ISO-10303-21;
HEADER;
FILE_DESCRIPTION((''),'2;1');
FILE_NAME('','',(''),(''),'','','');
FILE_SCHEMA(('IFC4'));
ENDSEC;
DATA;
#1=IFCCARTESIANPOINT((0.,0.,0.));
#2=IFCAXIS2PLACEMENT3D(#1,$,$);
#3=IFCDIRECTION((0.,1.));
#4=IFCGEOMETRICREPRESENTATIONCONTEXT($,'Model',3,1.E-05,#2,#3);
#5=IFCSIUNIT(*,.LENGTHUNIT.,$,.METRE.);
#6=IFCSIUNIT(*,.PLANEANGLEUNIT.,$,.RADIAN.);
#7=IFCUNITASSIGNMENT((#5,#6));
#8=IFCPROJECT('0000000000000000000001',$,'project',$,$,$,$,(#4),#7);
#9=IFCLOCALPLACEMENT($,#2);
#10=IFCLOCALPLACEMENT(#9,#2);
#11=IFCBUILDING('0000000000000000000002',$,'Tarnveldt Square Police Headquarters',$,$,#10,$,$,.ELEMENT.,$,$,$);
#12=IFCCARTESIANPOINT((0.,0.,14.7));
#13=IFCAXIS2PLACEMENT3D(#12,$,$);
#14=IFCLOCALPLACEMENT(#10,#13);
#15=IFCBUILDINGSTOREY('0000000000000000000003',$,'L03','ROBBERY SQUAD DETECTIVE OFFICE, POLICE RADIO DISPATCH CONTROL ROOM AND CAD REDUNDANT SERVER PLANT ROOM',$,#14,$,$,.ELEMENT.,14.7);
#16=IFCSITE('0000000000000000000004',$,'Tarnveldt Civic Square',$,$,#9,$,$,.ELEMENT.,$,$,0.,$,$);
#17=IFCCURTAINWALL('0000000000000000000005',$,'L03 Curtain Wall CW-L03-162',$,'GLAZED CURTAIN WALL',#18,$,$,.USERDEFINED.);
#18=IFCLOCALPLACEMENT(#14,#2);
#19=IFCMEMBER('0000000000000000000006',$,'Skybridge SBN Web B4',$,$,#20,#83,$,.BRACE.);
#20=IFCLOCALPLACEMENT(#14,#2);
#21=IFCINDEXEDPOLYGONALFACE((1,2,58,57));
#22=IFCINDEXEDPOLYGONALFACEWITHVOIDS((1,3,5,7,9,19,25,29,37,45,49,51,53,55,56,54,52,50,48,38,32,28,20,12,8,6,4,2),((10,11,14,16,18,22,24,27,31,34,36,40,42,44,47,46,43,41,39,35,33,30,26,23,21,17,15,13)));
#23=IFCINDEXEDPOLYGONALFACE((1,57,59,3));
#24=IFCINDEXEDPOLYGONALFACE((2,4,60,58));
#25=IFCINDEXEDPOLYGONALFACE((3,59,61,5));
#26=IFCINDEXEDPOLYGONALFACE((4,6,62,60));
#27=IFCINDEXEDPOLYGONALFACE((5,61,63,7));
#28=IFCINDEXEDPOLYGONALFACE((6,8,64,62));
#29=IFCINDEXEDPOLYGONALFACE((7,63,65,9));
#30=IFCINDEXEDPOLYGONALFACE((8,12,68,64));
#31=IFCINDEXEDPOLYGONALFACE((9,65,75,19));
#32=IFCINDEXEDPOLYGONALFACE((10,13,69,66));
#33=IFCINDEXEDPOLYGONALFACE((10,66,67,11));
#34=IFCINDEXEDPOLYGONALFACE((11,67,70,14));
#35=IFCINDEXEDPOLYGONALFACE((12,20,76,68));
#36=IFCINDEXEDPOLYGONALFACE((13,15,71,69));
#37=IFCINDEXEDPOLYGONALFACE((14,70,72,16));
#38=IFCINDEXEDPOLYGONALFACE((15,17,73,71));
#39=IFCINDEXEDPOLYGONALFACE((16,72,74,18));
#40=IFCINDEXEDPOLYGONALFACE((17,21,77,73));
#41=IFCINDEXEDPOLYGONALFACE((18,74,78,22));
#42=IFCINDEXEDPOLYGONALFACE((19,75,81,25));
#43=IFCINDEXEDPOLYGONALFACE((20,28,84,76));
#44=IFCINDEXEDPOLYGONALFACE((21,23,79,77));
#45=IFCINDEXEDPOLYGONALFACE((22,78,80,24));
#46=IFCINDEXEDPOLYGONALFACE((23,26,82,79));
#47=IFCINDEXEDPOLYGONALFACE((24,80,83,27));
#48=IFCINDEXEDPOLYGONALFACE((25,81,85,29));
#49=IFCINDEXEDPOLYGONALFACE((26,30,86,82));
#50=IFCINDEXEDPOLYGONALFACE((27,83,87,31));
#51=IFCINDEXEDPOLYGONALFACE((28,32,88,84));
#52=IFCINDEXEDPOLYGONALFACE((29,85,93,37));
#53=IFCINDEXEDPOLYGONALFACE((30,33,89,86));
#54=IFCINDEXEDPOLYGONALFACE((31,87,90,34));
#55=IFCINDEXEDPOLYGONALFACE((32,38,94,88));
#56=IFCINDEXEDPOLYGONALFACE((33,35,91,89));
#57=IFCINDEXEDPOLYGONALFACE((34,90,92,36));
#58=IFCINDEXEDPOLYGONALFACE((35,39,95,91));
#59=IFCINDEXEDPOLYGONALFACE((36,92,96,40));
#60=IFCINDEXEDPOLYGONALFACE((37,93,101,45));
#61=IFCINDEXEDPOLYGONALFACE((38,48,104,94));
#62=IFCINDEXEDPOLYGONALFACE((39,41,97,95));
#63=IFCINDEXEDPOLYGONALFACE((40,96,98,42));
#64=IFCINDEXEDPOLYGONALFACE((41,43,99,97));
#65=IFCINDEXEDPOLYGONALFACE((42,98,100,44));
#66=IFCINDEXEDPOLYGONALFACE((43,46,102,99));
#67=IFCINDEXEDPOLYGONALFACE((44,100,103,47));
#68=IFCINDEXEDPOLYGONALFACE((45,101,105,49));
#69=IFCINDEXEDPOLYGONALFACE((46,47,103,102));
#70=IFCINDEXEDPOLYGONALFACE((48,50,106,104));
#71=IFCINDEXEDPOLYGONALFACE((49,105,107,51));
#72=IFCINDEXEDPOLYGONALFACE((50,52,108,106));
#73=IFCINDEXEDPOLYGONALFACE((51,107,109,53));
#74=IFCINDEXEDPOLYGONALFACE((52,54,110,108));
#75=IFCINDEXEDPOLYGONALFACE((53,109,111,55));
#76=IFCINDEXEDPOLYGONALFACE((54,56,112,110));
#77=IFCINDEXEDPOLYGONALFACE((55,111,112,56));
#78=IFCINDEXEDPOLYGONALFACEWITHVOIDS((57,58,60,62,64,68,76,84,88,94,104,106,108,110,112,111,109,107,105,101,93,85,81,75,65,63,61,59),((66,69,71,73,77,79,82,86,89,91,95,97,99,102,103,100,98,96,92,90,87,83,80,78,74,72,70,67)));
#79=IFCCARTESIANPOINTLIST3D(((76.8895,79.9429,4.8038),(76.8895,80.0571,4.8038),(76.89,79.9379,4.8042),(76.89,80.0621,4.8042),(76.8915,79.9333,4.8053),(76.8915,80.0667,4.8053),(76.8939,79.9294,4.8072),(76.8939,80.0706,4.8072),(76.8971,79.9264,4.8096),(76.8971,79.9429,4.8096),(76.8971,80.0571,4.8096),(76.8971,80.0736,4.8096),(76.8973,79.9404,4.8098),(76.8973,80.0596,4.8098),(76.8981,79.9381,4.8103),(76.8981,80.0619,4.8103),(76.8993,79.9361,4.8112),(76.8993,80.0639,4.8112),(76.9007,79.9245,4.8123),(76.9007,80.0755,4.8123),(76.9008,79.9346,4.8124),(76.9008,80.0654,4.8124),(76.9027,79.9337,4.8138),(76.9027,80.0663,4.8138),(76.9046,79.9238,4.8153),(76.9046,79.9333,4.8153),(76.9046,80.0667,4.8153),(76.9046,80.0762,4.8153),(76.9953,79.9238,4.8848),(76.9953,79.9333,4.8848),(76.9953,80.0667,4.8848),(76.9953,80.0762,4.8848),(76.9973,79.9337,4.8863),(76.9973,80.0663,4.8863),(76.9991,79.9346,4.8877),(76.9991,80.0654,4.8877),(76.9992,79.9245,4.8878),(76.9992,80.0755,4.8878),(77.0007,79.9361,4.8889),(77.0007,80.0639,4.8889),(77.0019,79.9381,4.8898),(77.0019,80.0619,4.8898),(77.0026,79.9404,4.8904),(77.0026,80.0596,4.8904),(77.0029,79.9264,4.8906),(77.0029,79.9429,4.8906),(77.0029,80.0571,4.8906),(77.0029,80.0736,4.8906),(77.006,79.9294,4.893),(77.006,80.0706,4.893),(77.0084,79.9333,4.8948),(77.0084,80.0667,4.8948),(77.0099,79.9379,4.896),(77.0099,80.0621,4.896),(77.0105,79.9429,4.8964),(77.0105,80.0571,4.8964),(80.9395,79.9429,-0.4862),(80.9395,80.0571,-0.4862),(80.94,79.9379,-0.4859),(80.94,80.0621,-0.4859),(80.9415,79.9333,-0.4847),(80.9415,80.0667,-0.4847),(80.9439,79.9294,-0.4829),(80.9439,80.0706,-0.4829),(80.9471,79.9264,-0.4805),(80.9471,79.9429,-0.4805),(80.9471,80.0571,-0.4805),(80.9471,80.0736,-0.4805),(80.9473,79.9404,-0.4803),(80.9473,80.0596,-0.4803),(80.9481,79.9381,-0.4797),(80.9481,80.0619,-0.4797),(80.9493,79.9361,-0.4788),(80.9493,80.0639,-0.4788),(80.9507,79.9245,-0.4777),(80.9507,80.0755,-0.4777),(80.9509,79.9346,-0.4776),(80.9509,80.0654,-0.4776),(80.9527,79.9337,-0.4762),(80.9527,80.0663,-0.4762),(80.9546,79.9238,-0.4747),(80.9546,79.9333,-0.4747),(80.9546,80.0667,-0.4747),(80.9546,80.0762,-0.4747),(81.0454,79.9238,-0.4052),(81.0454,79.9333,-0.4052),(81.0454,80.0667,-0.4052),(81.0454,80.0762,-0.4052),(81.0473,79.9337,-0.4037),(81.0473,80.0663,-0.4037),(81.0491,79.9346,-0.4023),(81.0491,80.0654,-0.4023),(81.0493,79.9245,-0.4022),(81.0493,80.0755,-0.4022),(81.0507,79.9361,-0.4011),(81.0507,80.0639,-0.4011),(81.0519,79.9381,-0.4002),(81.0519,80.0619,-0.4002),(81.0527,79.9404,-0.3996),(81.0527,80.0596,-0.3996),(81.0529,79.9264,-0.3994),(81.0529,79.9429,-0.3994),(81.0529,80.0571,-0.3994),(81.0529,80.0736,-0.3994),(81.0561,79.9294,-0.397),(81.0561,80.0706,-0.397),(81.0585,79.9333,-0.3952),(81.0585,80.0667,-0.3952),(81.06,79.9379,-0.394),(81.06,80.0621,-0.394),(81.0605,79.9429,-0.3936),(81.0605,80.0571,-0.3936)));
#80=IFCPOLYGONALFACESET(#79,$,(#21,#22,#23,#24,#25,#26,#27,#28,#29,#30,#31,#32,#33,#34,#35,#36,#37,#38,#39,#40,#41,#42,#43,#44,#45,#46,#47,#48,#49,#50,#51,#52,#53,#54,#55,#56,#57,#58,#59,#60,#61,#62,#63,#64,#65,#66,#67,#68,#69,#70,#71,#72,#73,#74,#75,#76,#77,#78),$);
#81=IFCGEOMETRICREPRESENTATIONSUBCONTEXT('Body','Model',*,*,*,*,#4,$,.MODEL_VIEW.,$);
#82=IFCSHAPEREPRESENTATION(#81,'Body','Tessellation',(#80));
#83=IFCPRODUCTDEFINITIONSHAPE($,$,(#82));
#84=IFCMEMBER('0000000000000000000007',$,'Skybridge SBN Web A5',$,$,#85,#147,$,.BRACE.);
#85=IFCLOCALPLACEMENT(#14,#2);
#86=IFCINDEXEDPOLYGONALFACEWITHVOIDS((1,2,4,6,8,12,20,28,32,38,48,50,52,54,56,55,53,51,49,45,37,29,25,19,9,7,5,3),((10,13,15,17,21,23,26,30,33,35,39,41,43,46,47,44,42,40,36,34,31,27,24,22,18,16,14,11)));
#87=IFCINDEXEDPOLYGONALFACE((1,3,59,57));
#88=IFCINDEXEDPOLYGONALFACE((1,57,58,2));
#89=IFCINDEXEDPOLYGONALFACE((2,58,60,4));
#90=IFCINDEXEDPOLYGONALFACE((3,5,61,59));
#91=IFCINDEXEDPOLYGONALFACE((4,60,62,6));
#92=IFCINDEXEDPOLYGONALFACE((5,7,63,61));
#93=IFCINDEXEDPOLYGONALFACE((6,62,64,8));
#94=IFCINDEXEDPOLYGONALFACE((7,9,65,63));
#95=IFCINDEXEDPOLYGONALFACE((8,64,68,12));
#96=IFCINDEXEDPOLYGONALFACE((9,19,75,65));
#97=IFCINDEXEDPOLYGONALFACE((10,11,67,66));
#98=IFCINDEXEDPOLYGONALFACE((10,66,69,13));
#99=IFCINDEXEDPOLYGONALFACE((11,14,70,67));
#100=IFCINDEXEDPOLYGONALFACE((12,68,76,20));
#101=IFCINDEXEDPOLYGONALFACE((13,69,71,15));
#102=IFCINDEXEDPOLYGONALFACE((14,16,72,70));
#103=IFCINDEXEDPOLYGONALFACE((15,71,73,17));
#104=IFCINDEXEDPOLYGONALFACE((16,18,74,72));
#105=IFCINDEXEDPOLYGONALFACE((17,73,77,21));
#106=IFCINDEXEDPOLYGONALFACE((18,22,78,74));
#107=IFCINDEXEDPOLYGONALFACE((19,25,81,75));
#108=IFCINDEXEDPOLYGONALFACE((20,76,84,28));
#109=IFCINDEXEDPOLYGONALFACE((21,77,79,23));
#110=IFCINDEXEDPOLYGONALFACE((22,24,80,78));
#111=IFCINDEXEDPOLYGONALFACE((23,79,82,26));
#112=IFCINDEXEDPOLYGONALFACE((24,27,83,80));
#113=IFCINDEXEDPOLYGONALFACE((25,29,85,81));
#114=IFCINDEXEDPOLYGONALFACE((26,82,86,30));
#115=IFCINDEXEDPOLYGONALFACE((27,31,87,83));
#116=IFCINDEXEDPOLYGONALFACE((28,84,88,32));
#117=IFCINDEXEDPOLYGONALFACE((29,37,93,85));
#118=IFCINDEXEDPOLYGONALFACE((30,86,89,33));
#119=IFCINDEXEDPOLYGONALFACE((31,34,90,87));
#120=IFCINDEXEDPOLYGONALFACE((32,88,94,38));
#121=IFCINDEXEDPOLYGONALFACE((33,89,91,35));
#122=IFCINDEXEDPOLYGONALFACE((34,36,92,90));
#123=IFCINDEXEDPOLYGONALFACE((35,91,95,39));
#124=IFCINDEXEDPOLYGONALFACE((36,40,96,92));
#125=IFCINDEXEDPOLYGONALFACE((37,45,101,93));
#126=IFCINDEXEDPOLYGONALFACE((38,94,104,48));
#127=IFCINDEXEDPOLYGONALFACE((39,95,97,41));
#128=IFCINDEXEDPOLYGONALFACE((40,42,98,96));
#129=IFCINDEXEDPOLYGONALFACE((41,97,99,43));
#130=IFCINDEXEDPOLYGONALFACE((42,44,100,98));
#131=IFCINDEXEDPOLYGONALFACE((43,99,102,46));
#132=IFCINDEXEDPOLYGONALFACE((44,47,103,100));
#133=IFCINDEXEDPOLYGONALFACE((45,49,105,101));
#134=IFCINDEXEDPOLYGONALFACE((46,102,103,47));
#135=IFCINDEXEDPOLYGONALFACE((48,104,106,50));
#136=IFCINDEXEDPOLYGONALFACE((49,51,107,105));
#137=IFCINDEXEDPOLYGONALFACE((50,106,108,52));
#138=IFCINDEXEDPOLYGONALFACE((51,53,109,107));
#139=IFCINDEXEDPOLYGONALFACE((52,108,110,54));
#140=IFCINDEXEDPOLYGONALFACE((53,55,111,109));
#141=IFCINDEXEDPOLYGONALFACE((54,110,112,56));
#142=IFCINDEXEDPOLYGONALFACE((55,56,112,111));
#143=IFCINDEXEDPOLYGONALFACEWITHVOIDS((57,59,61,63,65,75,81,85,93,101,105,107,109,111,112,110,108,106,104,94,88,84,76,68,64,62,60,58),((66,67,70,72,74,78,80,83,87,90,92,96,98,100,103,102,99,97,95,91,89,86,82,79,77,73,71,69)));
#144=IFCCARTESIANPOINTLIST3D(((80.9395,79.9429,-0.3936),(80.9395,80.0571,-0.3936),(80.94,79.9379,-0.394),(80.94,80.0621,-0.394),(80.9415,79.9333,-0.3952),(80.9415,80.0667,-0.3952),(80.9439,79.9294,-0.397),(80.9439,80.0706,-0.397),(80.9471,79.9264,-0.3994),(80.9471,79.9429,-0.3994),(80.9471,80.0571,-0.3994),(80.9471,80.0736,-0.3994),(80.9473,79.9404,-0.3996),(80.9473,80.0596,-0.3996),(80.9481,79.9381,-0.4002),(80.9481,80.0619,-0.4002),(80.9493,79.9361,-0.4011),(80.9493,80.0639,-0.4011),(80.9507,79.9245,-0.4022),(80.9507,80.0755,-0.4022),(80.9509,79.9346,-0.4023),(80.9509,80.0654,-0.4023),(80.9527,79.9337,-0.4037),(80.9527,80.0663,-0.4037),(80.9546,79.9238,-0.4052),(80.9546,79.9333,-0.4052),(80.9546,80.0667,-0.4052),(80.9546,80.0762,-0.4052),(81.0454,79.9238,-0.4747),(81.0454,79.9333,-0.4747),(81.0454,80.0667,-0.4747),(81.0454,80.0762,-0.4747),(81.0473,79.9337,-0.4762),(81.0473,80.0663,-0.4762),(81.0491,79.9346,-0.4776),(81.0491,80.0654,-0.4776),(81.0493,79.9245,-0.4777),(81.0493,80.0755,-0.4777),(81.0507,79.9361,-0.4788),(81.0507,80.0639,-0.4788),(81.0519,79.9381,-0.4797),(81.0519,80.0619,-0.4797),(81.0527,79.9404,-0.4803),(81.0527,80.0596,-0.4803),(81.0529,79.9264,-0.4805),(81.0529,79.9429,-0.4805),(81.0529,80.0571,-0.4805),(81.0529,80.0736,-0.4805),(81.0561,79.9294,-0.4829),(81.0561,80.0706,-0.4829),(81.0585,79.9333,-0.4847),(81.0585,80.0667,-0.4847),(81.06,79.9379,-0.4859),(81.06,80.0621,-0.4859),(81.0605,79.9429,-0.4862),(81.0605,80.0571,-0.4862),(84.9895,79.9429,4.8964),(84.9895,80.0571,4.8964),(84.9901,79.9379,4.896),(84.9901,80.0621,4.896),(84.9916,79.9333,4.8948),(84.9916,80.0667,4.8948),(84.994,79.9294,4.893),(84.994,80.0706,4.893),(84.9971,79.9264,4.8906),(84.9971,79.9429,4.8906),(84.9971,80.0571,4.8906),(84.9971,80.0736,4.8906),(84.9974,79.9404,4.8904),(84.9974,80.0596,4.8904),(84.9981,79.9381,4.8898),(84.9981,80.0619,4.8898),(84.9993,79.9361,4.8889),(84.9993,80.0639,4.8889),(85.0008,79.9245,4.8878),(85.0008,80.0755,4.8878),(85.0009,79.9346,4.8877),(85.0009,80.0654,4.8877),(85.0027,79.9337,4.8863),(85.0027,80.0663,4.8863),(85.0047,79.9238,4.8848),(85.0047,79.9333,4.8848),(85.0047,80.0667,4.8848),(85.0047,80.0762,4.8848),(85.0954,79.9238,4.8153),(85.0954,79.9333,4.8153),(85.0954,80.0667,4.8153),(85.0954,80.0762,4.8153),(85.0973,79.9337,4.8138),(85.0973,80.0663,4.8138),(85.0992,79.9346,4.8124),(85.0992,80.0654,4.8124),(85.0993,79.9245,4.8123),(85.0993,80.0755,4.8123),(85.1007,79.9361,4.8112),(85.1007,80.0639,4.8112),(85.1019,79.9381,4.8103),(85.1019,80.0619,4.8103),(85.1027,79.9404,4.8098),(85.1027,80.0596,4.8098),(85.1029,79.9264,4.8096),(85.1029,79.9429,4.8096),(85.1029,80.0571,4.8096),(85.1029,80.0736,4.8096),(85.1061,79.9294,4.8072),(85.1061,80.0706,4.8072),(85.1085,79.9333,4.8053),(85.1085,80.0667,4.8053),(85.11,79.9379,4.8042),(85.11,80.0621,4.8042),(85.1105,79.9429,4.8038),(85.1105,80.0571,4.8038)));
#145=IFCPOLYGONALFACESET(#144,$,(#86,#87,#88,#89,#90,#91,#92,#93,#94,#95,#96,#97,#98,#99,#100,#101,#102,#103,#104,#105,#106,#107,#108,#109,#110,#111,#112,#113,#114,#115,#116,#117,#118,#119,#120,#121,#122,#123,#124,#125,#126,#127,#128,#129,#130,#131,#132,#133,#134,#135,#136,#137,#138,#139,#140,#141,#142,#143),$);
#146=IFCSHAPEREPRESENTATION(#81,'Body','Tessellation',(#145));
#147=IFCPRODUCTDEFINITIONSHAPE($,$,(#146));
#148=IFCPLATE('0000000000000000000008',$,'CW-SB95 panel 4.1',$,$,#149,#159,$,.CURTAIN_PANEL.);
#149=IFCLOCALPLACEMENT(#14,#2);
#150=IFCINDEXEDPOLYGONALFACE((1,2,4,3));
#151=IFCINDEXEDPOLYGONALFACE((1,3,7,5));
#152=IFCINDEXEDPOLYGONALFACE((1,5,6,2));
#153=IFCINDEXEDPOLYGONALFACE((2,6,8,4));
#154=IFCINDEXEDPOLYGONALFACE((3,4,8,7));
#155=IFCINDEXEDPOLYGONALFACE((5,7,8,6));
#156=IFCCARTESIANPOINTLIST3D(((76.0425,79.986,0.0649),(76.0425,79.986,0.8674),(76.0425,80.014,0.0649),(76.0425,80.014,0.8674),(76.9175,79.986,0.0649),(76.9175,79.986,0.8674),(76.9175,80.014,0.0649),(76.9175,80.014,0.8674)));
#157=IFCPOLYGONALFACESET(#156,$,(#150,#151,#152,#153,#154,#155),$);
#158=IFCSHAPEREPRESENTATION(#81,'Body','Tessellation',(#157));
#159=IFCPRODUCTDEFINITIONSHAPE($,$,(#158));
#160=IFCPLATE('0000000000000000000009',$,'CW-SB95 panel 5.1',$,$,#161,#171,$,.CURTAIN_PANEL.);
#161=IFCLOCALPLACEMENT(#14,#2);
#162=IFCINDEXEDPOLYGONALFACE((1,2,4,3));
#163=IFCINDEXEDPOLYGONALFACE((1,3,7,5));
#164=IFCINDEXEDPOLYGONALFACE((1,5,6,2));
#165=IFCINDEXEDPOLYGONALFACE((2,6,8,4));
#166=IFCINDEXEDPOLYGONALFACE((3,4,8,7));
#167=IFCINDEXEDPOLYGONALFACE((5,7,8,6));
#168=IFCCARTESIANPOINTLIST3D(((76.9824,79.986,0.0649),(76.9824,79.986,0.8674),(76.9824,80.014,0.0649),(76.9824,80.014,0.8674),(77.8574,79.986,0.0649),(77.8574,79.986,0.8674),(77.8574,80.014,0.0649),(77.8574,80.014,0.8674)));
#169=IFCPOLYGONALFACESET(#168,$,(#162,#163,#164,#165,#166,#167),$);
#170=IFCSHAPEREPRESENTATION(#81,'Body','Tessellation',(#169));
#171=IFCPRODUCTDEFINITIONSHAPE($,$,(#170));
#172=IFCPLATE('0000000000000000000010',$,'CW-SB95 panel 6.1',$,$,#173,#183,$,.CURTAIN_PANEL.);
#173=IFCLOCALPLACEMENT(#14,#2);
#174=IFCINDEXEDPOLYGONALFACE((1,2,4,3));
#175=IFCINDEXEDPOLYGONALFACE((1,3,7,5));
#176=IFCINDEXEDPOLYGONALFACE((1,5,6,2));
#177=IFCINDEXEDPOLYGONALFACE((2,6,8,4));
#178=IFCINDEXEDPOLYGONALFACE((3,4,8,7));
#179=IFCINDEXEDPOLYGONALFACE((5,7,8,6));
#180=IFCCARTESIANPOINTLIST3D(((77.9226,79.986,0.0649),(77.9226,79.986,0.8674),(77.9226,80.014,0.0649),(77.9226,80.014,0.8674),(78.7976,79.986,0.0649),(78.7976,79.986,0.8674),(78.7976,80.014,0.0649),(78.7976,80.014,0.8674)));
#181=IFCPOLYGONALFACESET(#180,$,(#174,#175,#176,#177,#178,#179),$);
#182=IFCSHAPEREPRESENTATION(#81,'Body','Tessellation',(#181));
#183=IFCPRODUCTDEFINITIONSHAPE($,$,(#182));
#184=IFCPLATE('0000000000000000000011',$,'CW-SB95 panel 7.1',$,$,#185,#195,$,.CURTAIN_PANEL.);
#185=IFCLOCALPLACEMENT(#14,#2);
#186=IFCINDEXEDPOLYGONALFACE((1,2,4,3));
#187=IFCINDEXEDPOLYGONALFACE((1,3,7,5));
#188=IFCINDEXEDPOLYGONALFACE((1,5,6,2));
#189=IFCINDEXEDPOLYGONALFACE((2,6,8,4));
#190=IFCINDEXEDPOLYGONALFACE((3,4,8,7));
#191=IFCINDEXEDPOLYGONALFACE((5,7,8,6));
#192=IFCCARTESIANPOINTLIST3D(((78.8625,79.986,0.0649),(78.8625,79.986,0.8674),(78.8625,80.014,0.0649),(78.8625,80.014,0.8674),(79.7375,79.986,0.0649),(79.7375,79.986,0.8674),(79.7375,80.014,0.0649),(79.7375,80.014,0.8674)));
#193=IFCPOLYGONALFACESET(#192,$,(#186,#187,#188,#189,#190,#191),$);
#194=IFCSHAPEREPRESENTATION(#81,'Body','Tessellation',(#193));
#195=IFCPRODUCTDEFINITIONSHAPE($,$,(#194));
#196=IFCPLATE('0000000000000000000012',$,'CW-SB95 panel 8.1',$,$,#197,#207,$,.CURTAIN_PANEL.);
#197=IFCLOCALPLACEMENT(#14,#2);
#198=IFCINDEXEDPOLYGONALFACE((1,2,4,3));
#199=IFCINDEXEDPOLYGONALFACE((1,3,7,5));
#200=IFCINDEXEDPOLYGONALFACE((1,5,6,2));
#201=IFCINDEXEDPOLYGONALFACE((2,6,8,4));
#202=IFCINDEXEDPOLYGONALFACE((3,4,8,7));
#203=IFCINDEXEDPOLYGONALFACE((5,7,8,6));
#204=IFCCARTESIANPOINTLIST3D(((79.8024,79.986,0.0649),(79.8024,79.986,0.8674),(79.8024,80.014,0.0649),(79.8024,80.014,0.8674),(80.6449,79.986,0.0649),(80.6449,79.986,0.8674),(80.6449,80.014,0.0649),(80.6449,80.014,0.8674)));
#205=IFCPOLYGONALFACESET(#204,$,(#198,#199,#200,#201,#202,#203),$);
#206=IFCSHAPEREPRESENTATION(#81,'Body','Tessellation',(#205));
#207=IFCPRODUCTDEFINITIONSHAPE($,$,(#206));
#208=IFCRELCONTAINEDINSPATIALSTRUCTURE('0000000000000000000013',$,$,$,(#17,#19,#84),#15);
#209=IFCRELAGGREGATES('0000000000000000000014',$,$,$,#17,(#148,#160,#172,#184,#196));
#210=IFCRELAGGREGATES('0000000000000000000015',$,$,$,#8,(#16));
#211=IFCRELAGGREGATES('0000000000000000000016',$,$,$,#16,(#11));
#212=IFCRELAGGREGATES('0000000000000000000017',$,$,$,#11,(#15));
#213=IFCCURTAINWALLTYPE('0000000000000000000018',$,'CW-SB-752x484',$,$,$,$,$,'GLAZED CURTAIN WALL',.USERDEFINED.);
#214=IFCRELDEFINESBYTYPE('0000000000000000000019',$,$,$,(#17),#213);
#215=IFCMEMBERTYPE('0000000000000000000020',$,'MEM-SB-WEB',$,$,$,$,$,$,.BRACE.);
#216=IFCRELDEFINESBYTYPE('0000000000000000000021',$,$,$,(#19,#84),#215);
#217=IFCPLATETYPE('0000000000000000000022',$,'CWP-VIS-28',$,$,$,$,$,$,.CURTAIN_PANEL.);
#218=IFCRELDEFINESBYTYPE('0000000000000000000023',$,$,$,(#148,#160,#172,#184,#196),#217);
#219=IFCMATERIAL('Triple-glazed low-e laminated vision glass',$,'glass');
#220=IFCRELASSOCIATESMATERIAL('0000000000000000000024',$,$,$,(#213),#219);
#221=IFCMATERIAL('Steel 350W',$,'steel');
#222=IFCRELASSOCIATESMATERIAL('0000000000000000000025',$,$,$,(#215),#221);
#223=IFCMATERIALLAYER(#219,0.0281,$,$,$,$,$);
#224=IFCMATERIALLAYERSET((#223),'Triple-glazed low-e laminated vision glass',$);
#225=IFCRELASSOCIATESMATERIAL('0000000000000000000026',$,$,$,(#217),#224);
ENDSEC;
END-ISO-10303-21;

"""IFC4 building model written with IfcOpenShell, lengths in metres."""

from ifc_helpers import new_model, si_unit, direction, frame, origin, origin_2d, place, context, subcontext, project, spatial, rectangle, hollow_rectangle, extrude, material, layer, layer_set, material_profile, profile_set, type_object, element, aggregate, save


model = new_model("IFC4")

# Units and contexts
model_context = context("Model", 3, precision=1e-05, world=origin(), true_north=direction((0.0, 1.0)))
body_context = subcontext(model_context, "Body", "Model", "MODEL_VIEW")
ifc_project = project(units=[si_unit("LENGTHUNIT", "METRE"), si_unit("PLANEANGLEUNIT", "RADIAN")], contexts=[model_context])

# Site, building, storey
site_placement = place(None, origin())
site = spatial("IfcSite", under=ifc_project, at=site_placement, Name="Tarnveldt Civic Square", CompositionType="ELEMENT", RefElevation=0.0)
building_placement = place(site_placement, origin())
building = spatial("IfcBuilding", under=site, at=building_placement, Name="Tarnveldt Square Police Headquarters", CompositionType="ELEMENT")
storey_placement = place(building_placement, frame((0.0, 0.0, 14.7)))
storey = spatial("IfcBuildingStorey", under=building, at=storey_placement, Name="L03", Description="ROBBERY SQUAD DETECTIVE OFFICE, POLICE RADIO DISPATCH CONTROL ROOM AND CAD REDUNDANT SERVER PLANT ROOM", CompositionType="ELEMENT", Elevation=14.7)

# Curtain wall
ifc_material_1 = material(Name="Triple-glazed low-e laminated vision glass", Category="glass")
curtain_wall_type_1 = type_object("IfcCurtainWallType", Name="CW-SB-752x484", ElementType="GLAZED CURTAIN WALL", PredefinedType="USERDEFINED", material=ifc_material_1)
curtain_wall_1_placement = place(storey_placement, origin())
curtain_wall_1 = element("IfcCurtainWall", 1, at=curtain_wall_1_placement, inside=storey, type_object=curtain_wall_type_1, Name="L03 Curtain Wall CW-L03-162", ObjectType="GLAZED CURTAIN WALL", PredefinedType="USERDEFINED")

# Members
ifc_material_2 = material(Name="Steel 350W", Category="steel")
ifc_material_profile_1 = material_profile(ifc_material_2, hollow_rectangle(XDim=0.1523, YDim=0.1523, WallThickness=0.0095, InnerFilletRadius=0.0095, OuterFilletRadius=0.019, at=origin_2d()), Name="HSS152x152x9.5")
ifc_profile_set_1 = profile_set([ifc_material_profile_1], Name="Steel 350W")
member_type_1 = type_object("IfcMemberType", Name="MEM-SB-WEB", PredefinedType="BRACE", material=ifc_profile_set_1)
for number, where, z_axis, x_axis, name in (
    (2, (81.0, 80.0, -0.4399), (-0.607898, 0.0, 0.794016), (0.0, -1.0, 0.0), "Skybridge SBN Web B4"),
    (3, (81.0, 80.0, -0.4399), (0.607898, 0.0, 0.794016), (0.0, 1.0, 0.0), "Skybridge SBN Web A5"),
):
    element("IfcMember", number, at=place(storey_placement, frame(where, z_axis=z_axis, x_axis=x_axis)), inside=storey, type_object=member_type_1, Name=name, PredefinedType="BRACE", context=body_context, shape_type="SweptSolid", body=[
        extrude(hollow_rectangle(XDim=0.1523, YDim=0.1523, WallThickness=0.0095, InnerFilletRadius=0.0095, OuterFilletRadius=0.019, at=origin_2d()), origin(), (0.0, 0.0, 1.0), 6.6624),
    ])

# Plates
ifc_layer = layer(ifc_material_1, 0.0281)
ifc_layer_set = layer_set([ifc_layer], Name="Triple-glazed low-e laminated vision glass")
plate_type = type_object("IfcPlateType", Name="CWP-VIS-28", PredefinedType="CURTAIN_PANEL", material=ifc_layer_set)
plate_1_placement = place(storey_placement, frame((76.48, 80.0, 0.0649), z_axis=(0.0, 0.0, 1.0), x_axis=(1.0, 0.0, 0.0)))
plate_1 = element("IfcPlate", 4, at=plate_1_placement, type_object=plate_type, Name="CW-SB95 panel 4.1", PredefinedType="CURTAIN_PANEL", context=body_context, shape_type="SweptSolid", body=[
    extrude(rectangle(XDim=0.875, YDim=0.0281, at=origin_2d()), origin(), (0.0, 0.0, 1.0), 0.8025),
])
plate_2_placement = place(storey_placement, frame((77.4199, 80.0, 0.0649), z_axis=(0.0, 0.0, 1.0), x_axis=(1.0, 0.0, 0.0)))
plate_2 = element("IfcPlate", 5, at=plate_2_placement, type_object=plate_type, Name="CW-SB95 panel 5.1", PredefinedType="CURTAIN_PANEL", context=body_context, shape_type="SweptSolid", body=[
    extrude(rectangle(XDim=0.875, YDim=0.0281, at=origin_2d()), origin(), (0.0, 0.0, 1.0), 0.8025),
])
plate_3_placement = place(storey_placement, frame((78.3601, 80.0, 0.0649), z_axis=(0.0, 0.0, 1.0), x_axis=(1.0, 0.0, 0.0)))
plate_3 = element("IfcPlate", 6, at=plate_3_placement, type_object=plate_type, Name="CW-SB95 panel 6.1", PredefinedType="CURTAIN_PANEL", context=body_context, shape_type="SweptSolid", body=[
    extrude(rectangle(XDim=0.875, YDim=0.0281, at=origin_2d()), origin(), (0.0, 0.0, 1.0), 0.8025),
])
plate_4_placement = place(storey_placement, frame((79.3, 80.0, 0.0649), z_axis=(0.0, 0.0, 1.0), x_axis=(1.0, 0.0, 0.0)))
plate_4 = element("IfcPlate", 7, at=plate_4_placement, type_object=plate_type, Name="CW-SB95 panel 7.1", PredefinedType="CURTAIN_PANEL", context=body_context, shape_type="SweptSolid", body=[
    extrude(rectangle(XDim=0.875, YDim=0.0281, at=origin_2d()), origin(), (0.0, 0.0, 1.0), 0.8025),
])
plate_5_placement = place(storey_placement, frame((80.2236, 80.0, 0.0649), z_axis=(0.0, 0.0, 1.0), x_axis=(1.0, 0.0, 0.0)))
plate_5 = element("IfcPlate", 8, at=plate_5_placement, type_object=plate_type, Name="CW-SB95 panel 8.1", PredefinedType="CURTAIN_PANEL", context=body_context, shape_type="SweptSolid", body=[
    extrude(rectangle(XDim=0.8425, YDim=0.0281, at=origin_2d()), origin(), (0.0, 0.0, 1.0), 0.8025),
])
aggregate(curtain_wall_1, [plate_1, plate_2, plate_3, plate_4, plate_5])

save(model, "model.ifc")
